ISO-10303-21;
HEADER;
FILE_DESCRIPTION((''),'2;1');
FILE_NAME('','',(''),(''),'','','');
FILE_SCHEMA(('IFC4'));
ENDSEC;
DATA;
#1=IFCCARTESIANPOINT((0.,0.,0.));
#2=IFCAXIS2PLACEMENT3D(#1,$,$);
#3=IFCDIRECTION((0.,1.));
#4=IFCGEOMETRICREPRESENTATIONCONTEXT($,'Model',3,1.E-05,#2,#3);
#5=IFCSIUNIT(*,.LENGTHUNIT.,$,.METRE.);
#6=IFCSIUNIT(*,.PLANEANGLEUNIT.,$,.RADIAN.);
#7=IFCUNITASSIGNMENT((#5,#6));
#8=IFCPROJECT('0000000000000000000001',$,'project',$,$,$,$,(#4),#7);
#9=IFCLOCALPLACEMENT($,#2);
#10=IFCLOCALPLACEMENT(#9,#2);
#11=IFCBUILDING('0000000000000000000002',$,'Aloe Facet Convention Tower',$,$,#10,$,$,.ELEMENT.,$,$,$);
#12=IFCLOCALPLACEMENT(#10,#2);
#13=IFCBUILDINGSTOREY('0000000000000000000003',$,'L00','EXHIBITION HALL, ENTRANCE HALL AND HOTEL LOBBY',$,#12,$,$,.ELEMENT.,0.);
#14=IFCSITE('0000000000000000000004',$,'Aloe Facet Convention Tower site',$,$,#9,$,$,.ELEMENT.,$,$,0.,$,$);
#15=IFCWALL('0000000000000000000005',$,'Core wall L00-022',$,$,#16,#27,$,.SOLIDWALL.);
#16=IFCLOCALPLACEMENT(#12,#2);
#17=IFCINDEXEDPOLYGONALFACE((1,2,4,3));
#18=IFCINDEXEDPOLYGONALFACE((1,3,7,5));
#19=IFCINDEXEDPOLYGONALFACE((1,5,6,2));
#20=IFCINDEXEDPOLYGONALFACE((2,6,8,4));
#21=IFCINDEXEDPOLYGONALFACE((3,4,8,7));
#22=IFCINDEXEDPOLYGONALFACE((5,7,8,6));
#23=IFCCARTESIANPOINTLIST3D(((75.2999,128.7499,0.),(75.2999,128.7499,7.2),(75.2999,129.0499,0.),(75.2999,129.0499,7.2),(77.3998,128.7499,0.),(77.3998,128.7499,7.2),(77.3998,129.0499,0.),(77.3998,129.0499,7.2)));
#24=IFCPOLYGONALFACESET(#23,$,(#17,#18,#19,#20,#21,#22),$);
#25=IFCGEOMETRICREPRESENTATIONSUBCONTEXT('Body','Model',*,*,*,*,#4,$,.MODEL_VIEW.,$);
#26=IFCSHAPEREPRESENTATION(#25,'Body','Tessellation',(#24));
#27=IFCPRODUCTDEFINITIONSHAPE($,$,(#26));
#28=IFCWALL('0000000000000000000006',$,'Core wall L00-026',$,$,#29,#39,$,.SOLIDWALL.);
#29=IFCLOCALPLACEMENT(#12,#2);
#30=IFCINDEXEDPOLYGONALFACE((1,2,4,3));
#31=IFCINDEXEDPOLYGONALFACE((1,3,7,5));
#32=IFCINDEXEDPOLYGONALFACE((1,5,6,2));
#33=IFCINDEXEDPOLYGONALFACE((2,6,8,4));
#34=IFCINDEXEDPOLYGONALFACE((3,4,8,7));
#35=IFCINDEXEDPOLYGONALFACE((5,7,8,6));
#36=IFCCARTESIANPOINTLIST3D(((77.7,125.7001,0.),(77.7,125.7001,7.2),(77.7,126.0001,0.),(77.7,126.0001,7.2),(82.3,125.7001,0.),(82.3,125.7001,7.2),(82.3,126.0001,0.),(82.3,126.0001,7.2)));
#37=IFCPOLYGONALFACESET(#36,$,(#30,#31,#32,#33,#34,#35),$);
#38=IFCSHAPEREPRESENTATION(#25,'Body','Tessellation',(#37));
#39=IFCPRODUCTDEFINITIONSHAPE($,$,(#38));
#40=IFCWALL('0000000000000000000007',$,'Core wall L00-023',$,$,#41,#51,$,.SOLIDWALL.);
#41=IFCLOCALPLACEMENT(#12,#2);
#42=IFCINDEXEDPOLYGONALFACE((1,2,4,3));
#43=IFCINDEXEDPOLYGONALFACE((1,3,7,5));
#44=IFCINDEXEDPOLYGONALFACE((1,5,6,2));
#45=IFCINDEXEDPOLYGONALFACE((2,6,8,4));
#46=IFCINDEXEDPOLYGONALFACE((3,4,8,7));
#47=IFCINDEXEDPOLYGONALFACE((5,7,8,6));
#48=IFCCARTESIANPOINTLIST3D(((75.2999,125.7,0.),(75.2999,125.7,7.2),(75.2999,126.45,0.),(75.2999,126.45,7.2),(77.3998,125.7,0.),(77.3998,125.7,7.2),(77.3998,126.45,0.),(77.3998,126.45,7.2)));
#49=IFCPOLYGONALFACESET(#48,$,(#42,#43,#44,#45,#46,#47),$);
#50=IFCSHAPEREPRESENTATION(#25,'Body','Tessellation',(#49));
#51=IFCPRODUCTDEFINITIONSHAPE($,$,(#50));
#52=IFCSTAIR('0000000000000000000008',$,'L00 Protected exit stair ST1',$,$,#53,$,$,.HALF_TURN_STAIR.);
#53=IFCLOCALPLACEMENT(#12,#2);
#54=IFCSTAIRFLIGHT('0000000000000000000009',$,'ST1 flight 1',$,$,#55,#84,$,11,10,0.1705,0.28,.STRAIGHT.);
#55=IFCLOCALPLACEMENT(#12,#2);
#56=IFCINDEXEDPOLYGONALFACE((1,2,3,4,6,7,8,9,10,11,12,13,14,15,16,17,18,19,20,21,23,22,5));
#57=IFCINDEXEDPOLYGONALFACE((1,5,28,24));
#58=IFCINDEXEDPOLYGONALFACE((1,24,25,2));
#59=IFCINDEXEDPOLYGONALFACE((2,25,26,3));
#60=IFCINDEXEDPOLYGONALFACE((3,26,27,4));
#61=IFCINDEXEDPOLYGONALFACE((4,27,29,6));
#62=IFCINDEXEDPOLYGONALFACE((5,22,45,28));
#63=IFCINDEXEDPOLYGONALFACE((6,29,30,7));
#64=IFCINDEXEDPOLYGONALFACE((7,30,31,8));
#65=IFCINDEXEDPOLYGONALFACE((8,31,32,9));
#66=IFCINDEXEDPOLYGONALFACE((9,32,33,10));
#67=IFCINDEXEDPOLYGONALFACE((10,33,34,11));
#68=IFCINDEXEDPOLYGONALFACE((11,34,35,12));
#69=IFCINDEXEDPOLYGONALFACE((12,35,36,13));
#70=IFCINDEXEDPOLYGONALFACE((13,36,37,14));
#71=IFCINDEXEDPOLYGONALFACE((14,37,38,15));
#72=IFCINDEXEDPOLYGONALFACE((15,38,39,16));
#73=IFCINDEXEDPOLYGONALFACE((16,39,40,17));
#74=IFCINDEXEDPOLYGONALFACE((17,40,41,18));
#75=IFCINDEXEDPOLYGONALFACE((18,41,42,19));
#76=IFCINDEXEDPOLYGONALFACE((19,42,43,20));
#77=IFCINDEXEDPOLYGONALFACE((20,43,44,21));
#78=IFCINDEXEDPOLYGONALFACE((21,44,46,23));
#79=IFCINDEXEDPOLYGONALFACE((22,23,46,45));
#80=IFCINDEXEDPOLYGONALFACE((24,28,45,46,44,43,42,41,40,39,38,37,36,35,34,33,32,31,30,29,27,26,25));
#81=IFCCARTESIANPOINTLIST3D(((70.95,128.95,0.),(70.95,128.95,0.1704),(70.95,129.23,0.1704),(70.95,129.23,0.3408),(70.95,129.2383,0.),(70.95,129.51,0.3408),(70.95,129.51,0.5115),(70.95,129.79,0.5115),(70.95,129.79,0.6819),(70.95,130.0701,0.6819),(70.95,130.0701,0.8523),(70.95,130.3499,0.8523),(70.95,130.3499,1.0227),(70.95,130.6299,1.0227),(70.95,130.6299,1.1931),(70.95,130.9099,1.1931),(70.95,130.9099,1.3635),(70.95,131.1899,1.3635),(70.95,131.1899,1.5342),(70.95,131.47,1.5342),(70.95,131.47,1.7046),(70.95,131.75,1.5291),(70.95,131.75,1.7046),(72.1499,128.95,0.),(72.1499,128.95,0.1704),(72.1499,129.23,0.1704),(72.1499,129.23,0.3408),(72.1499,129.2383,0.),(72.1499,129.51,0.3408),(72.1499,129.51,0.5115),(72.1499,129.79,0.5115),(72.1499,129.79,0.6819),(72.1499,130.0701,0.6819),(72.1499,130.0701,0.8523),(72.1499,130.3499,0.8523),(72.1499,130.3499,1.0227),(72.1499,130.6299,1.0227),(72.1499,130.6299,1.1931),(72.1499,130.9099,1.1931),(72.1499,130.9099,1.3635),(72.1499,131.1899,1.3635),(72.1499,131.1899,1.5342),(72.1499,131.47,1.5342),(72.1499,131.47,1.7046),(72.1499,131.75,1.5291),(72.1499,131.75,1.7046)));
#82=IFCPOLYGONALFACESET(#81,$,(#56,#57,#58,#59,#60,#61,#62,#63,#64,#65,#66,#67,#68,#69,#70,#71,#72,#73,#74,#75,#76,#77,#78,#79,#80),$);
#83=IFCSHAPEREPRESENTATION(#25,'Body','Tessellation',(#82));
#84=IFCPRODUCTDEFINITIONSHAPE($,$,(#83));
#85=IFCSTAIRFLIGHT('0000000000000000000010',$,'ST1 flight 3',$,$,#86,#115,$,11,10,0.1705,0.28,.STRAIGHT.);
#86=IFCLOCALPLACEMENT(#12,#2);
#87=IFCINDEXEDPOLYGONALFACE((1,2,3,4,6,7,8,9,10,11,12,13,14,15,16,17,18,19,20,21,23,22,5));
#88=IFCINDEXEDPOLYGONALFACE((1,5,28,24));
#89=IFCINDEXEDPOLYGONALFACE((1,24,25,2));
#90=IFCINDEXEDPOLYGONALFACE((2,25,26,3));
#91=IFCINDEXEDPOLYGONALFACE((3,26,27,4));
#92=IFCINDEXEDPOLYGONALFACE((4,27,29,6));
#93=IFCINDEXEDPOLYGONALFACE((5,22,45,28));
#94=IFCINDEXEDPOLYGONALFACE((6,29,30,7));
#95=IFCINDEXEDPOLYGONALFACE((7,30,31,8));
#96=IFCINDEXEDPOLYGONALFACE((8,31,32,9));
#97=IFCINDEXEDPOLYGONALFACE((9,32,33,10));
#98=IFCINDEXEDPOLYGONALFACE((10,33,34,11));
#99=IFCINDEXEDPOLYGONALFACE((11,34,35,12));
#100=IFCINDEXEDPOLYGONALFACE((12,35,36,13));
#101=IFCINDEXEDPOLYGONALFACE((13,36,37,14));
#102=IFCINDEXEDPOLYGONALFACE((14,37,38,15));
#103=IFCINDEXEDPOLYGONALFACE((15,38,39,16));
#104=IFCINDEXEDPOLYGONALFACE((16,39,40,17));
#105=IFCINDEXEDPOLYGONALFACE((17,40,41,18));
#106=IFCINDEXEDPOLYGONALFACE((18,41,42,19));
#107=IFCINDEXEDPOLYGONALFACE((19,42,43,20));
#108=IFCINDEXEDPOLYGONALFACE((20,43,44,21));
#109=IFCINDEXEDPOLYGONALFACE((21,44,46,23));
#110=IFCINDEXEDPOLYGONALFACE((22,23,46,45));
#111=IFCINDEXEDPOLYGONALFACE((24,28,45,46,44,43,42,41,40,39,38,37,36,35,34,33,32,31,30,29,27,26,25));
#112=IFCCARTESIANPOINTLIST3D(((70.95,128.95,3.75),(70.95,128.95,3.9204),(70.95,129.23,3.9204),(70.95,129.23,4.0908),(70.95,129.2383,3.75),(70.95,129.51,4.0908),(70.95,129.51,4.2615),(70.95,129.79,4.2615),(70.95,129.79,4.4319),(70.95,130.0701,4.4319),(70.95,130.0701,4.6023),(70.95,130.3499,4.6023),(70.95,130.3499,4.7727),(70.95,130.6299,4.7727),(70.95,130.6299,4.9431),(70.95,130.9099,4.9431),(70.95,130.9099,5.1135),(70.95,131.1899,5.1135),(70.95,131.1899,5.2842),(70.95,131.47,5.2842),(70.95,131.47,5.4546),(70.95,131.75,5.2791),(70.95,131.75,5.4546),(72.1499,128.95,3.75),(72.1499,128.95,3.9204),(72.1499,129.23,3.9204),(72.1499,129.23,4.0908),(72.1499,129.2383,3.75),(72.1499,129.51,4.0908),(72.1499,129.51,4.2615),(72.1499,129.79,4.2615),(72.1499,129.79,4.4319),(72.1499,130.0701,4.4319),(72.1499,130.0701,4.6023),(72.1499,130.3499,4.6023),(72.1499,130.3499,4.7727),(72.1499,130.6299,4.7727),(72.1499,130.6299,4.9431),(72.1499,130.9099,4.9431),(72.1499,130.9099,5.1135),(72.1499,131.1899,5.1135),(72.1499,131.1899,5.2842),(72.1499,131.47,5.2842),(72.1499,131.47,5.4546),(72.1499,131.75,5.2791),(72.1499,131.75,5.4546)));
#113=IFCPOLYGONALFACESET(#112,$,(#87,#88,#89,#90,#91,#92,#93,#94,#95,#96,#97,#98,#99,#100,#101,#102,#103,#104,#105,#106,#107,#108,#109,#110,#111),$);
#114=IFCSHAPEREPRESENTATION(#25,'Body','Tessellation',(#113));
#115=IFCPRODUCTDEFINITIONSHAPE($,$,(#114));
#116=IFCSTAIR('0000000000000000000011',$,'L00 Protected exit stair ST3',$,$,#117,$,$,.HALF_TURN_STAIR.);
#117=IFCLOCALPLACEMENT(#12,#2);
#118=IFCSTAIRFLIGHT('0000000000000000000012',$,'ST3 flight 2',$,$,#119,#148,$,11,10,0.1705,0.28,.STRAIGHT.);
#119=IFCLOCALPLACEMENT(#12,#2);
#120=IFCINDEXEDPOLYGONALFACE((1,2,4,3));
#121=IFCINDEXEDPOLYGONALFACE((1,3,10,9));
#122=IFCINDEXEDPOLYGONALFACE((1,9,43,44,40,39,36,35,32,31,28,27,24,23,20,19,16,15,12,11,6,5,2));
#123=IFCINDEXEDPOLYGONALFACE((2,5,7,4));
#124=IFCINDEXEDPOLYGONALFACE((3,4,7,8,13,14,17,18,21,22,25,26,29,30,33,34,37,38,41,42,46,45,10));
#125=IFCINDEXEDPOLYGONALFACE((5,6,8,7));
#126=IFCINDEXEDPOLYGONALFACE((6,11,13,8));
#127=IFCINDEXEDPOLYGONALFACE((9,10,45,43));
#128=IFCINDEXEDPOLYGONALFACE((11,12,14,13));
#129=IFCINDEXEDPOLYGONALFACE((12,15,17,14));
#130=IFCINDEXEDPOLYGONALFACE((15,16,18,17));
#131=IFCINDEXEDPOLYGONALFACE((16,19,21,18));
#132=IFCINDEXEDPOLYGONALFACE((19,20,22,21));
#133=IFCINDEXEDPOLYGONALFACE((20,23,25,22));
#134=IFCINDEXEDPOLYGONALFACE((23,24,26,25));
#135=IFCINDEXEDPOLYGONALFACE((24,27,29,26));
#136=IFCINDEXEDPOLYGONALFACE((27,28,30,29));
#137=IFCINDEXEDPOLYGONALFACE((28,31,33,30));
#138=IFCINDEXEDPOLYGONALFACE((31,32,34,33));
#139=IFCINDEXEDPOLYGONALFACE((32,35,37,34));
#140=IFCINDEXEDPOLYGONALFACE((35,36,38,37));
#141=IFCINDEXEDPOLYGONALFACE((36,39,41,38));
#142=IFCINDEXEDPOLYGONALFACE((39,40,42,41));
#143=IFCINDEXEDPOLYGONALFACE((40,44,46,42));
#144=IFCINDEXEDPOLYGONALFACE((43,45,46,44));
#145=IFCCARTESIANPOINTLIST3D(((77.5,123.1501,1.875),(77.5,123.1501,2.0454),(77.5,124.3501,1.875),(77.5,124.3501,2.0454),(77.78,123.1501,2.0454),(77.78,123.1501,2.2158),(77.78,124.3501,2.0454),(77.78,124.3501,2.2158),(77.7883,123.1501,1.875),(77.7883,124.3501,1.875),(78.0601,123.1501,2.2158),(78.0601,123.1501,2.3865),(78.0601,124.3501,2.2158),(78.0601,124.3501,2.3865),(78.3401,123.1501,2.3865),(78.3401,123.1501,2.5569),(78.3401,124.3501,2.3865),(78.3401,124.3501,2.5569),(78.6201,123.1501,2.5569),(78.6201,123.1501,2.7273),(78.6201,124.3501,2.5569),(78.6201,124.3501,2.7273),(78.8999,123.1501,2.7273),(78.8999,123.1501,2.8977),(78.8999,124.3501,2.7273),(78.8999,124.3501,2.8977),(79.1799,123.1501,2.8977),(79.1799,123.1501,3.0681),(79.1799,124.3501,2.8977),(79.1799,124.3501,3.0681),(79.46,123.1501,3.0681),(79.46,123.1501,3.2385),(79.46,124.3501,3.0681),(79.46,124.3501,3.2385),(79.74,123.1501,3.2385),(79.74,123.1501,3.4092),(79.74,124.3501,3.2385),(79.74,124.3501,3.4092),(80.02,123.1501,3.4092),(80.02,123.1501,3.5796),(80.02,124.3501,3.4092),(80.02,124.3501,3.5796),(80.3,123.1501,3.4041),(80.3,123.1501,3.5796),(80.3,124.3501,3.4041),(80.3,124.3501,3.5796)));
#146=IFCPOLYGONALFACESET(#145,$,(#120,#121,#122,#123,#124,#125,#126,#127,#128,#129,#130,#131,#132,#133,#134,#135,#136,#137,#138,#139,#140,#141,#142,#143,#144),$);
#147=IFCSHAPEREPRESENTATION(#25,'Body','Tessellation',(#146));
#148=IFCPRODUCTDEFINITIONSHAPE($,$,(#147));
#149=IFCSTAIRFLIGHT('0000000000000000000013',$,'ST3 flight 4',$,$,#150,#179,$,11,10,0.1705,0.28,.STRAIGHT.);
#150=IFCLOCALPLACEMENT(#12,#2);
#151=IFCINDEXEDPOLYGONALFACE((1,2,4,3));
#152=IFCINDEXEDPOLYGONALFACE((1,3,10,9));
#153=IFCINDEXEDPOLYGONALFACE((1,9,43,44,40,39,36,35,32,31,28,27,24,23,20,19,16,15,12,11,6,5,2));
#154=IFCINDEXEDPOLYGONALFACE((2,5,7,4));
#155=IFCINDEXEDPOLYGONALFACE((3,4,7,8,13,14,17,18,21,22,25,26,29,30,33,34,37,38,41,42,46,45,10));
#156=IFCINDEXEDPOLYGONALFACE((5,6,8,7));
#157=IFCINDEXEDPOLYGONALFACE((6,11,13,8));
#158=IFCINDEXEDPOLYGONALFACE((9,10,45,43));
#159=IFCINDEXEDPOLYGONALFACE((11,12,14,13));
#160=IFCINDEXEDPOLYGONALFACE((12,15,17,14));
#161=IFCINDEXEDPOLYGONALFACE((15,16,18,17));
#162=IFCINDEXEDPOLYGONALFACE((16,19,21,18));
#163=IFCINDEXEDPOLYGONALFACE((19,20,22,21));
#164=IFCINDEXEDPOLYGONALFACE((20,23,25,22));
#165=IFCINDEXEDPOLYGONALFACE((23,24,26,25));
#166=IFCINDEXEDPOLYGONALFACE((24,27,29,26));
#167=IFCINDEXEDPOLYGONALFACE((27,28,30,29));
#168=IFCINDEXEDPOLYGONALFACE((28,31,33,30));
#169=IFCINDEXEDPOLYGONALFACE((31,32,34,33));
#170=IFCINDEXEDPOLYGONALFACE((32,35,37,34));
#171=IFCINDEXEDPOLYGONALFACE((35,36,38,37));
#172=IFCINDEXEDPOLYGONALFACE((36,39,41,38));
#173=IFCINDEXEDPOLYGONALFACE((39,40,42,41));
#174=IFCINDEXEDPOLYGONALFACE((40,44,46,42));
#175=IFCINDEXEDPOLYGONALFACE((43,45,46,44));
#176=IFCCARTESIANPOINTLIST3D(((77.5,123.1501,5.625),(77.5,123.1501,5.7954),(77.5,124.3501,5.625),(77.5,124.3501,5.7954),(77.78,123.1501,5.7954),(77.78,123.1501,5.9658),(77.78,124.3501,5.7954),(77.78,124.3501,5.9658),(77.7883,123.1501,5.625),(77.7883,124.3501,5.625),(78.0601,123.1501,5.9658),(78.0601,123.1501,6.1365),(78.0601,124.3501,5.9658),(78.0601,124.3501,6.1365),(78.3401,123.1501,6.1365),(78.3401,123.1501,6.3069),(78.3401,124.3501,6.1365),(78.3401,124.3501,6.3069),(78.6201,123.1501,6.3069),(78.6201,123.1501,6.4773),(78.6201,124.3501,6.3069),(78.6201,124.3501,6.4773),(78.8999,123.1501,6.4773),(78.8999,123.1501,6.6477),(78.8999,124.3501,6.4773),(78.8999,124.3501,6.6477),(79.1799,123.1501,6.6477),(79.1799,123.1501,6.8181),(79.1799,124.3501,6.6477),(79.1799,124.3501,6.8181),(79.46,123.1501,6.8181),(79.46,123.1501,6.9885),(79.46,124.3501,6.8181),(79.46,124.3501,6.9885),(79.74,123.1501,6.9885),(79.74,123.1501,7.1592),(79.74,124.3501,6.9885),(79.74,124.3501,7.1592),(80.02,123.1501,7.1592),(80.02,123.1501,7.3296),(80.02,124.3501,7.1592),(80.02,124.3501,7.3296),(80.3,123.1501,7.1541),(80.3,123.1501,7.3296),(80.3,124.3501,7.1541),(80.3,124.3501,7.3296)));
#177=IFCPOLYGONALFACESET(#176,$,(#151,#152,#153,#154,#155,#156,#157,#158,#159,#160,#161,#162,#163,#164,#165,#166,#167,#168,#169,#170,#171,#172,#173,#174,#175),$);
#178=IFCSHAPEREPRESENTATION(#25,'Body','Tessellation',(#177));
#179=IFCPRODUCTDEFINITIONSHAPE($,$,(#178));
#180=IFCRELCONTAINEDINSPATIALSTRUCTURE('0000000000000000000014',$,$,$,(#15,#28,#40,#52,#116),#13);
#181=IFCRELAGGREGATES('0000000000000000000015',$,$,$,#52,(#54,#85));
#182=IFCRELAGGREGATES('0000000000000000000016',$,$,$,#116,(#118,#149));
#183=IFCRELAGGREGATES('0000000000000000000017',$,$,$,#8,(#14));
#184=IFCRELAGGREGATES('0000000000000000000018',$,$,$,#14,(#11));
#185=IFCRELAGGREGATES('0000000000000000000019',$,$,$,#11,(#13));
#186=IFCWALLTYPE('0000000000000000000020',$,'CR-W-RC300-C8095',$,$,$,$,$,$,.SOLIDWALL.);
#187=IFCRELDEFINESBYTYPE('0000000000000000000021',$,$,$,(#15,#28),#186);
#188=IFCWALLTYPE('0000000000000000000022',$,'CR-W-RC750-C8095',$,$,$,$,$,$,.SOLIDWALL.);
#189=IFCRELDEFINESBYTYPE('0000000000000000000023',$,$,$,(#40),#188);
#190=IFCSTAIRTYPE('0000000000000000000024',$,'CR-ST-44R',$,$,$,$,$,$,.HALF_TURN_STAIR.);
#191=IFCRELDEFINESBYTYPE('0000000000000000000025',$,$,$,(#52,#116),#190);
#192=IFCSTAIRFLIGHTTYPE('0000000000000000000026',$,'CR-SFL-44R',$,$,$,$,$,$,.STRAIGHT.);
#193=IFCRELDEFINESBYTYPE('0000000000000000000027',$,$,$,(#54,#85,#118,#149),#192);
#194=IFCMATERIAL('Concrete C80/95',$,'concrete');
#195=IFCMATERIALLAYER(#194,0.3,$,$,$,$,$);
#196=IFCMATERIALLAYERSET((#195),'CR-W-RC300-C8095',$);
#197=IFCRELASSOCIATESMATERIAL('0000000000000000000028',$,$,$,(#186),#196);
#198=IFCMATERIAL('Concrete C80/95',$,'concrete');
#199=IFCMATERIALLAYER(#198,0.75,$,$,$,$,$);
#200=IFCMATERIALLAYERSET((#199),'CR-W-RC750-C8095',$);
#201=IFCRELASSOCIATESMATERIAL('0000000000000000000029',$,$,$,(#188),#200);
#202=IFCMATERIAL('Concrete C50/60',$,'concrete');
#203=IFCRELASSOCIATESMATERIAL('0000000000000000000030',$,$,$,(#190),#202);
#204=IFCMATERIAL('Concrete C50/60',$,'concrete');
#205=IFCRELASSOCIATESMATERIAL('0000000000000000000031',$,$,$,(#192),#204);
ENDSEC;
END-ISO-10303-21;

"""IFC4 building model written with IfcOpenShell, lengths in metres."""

from ifc_helpers import new_model, si_unit, direction, frame, frame_2d, origin, place, context, subcontext, project, spatial, polyline, rectangle, outline, extrude, material, layer, layer_set, type_object, element, aggregate, save


model = new_model("IFC4")

# Units and contexts
model_context = context("Model", 3, precision=1e-05, world=origin(), true_north=direction((0.0, 1.0)))
body_context = subcontext(model_context, "Body", "Model", "MODEL_VIEW")
ifc_project = project(units=[si_unit("LENGTHUNIT", "METRE"), si_unit("PLANEANGLEUNIT", "RADIAN")], contexts=[model_context])

# Site, building, storey
site_placement = place(None, origin())
site = spatial("IfcSite", under=ifc_project, at=site_placement, Name="Aloe Facet Convention Tower site", CompositionType="ELEMENT", RefElevation=0.0)
building_placement = place(site_placement, origin())
building = spatial("IfcBuilding", under=site, at=building_placement, Name="Aloe Facet Convention Tower", CompositionType="ELEMENT")
storey_placement = place(building_placement, origin())
storey = spatial("IfcBuildingStorey", under=building, at=storey_placement, Name="L00", Description="EXHIBITION HALL, ENTRANCE HALL AND HOTEL LOBBY", CompositionType="ELEMENT", Elevation=0.0)

# Walls
ifc_material_1 = material(Name="Concrete C80/95", Category="concrete")
ifc_layer_1 = layer(ifc_material_1, 0.3)
ifc_layer_set_1 = layer_set([ifc_layer_1], Name="CR-W-RC300-C8095")
wall_type_1 = type_object("IfcWallType", Name="CR-W-RC300-C8095", PredefinedType="SOLIDWALL", material=ifc_layer_set_1)
wall_1_placement = place(storey_placement, frame((75.3, 128.8999, 0.0), z_axis=(0.0, 0.0, 1.0), x_axis=(1.0, 0.0, 0.0)))
element("IfcWall", 1, at=wall_1_placement, inside=storey, type_object=wall_type_1, Name="Core wall L00-022", PredefinedType="SOLIDWALL", context=body_context, shape_type="SweptSolid", body=[
    extrude(rectangle(XDim=2.0999, YDim=0.3, at=frame_2d((1.0498, 0.0))), origin(), (0.0, 0.0, 1.0), 7.2),
])
wall_2_placement = place(storey_placement, frame((77.7, 125.8501, 0.0), z_axis=(0.0, 0.0, 1.0), x_axis=(1.0, 0.0, 0.0)))
element("IfcWall", 2, at=wall_2_placement, inside=storey, type_object=wall_type_1, Name="Core wall L00-026", PredefinedType="SOLIDWALL", context=body_context, shape_type="SweptSolid", body=[
    extrude(rectangle(XDim=4.6001, YDim=0.3, at=frame_2d((2.3, 0.0))), origin(), (0.0, 0.0, 1.0), 7.2),
])
ifc_material_2 = material(Name="Concrete C80/95", Category="concrete")
ifc_layer_2 = layer(ifc_material_2, 0.75)
ifc_layer_set_2 = layer_set([ifc_layer_2], Name="CR-W-RC750-C8095")
wall_type_2 = type_object("IfcWallType", Name="CR-W-RC750-C8095", PredefinedType="SOLIDWALL", material=ifc_layer_set_2)
wall_3_placement = place(storey_placement, frame((75.3, 126.075, 0.0), z_axis=(0.0, 0.0, 1.0), x_axis=(1.0, 0.0, 0.0)))
element("IfcWall", 3, at=wall_3_placement, inside=storey, type_object=wall_type_2, Name="Core wall L00-023", PredefinedType="SOLIDWALL", context=body_context, shape_type="SweptSolid", body=[
    extrude(rectangle(XDim=2.0999, YDim=0.75, at=frame_2d((1.0498, 0.0))), origin(), (0.0, 0.0, 1.0), 7.2),
])

# Stairs, stair flights
ifc_material_3 = material(Name="Concrete C50/60", Category="concrete")
stair_type = type_object("IfcStairType", Name="CR-ST-44R", PredefinedType="HALF_TURN_STAIR", material=ifc_material_3)
stair_1_placement = place(storey_placement, origin())
stair_1 = element("IfcStair", 4, at=stair_1_placement, inside=storey, type_object=stair_type, Name="L00 Protected exit stair ST1", PredefinedType="HALF_TURN_STAIR")
ifc_material_4 = material(Name="Concrete C50/60", Category="concrete")
stair_flight_type = type_object("IfcStairFlightType", Name="CR-SFL-44R", PredefinedType="STRAIGHT", material=ifc_material_4)
stair_flight_1_placement = place(storey_placement, frame((71.55, 128.95, 0.0), z_axis=(0.0, 0.0, 1.0), x_axis=(0.0, 1.0, 0.0)))
stair_flight_1 = element("IfcStairFlight", 5, at=stair_flight_1_placement, type_object=stair_flight_type, Name="ST1 flight 1", NumberOfRisers=11, NumberOfTreads=10, PredefinedType="STRAIGHT", RiserHeight=0.1705, TreadLength=0.28, context=body_context, shape_type="SweptSolid", body=[
    extrude(outline(polyline([(0.0, 0.0), (0.0, 0.1704), (0.28, 0.1704), (0.28, 0.3408), (0.5601, 0.3408), (0.5601, 0.5115), (0.8401, 0.5115), (0.8401, 0.6819), (1.1201, 0.6819), (1.1201, 0.8523), (1.3999, 0.8523), (1.3999, 1.0227), (1.6799, 1.0227), (1.6799, 1.1931), (1.96, 1.1931), (1.96, 1.3635), (2.24, 1.3635), (2.24, 1.5342), (2.52, 1.5342), (2.52, 1.7046), (2.8, 1.7046), (2.8, 1.875), (2.8, 1.5291), (0.2883, 0.0), (0.0, 0.0)])), frame((0.0, 0.6001, 0.0), z_axis=(0.0, -1.0, 0.0), x_axis=(1.0, 0.0, 0.0)), (0.0, 0.0, 1.0), 1.2),
])
stair_flight_2_placement = place(storey_placement, frame((71.55, 128.95, 3.75), z_axis=(0.0, 0.0, 1.0), x_axis=(0.0, 1.0, 0.0)))
stair_flight_2 = element("IfcStairFlight", 6, at=stair_flight_2_placement, type_object=stair_flight_type, Name="ST1 flight 3", NumberOfRisers=11, NumberOfTreads=10, PredefinedType="STRAIGHT", RiserHeight=0.1705, TreadLength=0.28, context=body_context, shape_type="SweptSolid", body=[
    extrude(outline(polyline([(0.0, 0.0), (0.0, 0.1704), (0.28, 0.1704), (0.28, 0.3408), (0.5601, 0.3408), (0.5601, 0.5115), (0.8401, 0.5115), (0.8401, 0.6819), (1.1201, 0.6819), (1.1201, 0.8523), (1.3999, 0.8523), (1.3999, 1.0227), (1.6799, 1.0227), (1.6799, 1.1931), (1.96, 1.1931), (1.96, 1.3635), (2.24, 1.3635), (2.24, 1.5342), (2.52, 1.5342), (2.52, 1.7046), (2.8, 1.7046), (2.8, 1.875), (2.8, 1.5291), (0.2883, 0.0), (0.0, 0.0)])), frame((0.0, 0.6001, 0.0), z_axis=(0.0, -1.0, 0.0), x_axis=(1.0, 0.0, 0.0)), (0.0, 0.0, 1.0), 1.2),
])
aggregate(stair_1, [stair_flight_1, stair_flight_2])
stair_2_placement = place(storey_placement, origin())
stair_2 = element("IfcStair", 7, at=stair_2_placement, inside=storey, type_object=stair_type, Name="L00 Protected exit stair ST3", PredefinedType="HALF_TURN_STAIR")
stair_flight_3_placement = place(storey_placement, frame((77.5, 123.75, 1.875), z_axis=(0.0, 0.0, 1.0), x_axis=(1.0, 0.0, 0.0)))
stair_flight_3 = element("IfcStairFlight", 8, at=stair_flight_3_placement, type_object=stair_flight_type, Name="ST3 flight 2", NumberOfRisers=11, NumberOfTreads=10, PredefinedType="STRAIGHT", RiserHeight=0.1705, TreadLength=0.28, context=body_context, shape_type="SweptSolid", body=[
    extrude(outline(polyline([(0.0, 0.0), (0.0, 0.1704), (0.28, 0.1704), (0.28, 0.3408), (0.5601, 0.3408), (0.5601, 0.5115), (0.8401, 0.5115), (0.8401, 0.6819), (1.1201, 0.6819), (1.1201, 0.8523), (1.3999, 0.8523), (1.3999, 1.0227), (1.6799, 1.0227), (1.6799, 1.1931), (1.96, 1.1931), (1.96, 1.3635), (2.24, 1.3635), (2.24, 1.5342), (2.52, 1.5342), (2.52, 1.7046), (2.8, 1.7046), (2.8, 1.875), (2.8, 1.5291), (0.2883, 0.0), (0.0, 0.0)])), frame((0.0, 0.6001, 0.0), z_axis=(0.0, -1.0, 0.0), x_axis=(1.0, 0.0, 0.0)), (0.0, 0.0, 1.0), 1.2),
])
stair_flight_4_placement = place(storey_placement, frame((77.5, 123.75, 5.625), z_axis=(0.0, 0.0, 1.0), x_axis=(1.0, 0.0, 0.0)))
stair_flight_4 = element("IfcStairFlight", 9, at=stair_flight_4_placement, type_object=stair_flight_type, Name="ST3 flight 4", NumberOfRisers=11, NumberOfTreads=10, PredefinedType="STRAIGHT", RiserHeight=0.1705, TreadLength=0.28, context=body_context, shape_type="SweptSolid", body=[
    extrude(outline(polyline([(0.0, 0.0), (0.0, 0.1704), (0.28, 0.1704), (0.28, 0.3408), (0.5601, 0.3408), (0.5601, 0.5115), (0.8401, 0.5115), (0.8401, 0.6819), (1.1201, 0.6819), (1.1201, 0.8523), (1.3999, 0.8523), (1.3999, 1.0227), (1.6799, 1.0227), (1.6799, 1.1931), (1.96, 1.1931), (1.96, 1.3635), (2.24, 1.3635), (2.24, 1.5342), (2.52, 1.5342), (2.52, 1.7046), (2.8, 1.7046), (2.8, 1.875), (2.8, 1.5291), (0.2883, 0.0), (0.0, 0.0)])), frame((0.0, 0.6001, 0.0), z_axis=(0.0, -1.0, 0.0), x_axis=(1.0, 0.0, 0.0)), (0.0, 0.0, 1.0), 1.2),
])
aggregate(stair_2, [stair_flight_3, stair_flight_4])

save(model, "model.ifc")
